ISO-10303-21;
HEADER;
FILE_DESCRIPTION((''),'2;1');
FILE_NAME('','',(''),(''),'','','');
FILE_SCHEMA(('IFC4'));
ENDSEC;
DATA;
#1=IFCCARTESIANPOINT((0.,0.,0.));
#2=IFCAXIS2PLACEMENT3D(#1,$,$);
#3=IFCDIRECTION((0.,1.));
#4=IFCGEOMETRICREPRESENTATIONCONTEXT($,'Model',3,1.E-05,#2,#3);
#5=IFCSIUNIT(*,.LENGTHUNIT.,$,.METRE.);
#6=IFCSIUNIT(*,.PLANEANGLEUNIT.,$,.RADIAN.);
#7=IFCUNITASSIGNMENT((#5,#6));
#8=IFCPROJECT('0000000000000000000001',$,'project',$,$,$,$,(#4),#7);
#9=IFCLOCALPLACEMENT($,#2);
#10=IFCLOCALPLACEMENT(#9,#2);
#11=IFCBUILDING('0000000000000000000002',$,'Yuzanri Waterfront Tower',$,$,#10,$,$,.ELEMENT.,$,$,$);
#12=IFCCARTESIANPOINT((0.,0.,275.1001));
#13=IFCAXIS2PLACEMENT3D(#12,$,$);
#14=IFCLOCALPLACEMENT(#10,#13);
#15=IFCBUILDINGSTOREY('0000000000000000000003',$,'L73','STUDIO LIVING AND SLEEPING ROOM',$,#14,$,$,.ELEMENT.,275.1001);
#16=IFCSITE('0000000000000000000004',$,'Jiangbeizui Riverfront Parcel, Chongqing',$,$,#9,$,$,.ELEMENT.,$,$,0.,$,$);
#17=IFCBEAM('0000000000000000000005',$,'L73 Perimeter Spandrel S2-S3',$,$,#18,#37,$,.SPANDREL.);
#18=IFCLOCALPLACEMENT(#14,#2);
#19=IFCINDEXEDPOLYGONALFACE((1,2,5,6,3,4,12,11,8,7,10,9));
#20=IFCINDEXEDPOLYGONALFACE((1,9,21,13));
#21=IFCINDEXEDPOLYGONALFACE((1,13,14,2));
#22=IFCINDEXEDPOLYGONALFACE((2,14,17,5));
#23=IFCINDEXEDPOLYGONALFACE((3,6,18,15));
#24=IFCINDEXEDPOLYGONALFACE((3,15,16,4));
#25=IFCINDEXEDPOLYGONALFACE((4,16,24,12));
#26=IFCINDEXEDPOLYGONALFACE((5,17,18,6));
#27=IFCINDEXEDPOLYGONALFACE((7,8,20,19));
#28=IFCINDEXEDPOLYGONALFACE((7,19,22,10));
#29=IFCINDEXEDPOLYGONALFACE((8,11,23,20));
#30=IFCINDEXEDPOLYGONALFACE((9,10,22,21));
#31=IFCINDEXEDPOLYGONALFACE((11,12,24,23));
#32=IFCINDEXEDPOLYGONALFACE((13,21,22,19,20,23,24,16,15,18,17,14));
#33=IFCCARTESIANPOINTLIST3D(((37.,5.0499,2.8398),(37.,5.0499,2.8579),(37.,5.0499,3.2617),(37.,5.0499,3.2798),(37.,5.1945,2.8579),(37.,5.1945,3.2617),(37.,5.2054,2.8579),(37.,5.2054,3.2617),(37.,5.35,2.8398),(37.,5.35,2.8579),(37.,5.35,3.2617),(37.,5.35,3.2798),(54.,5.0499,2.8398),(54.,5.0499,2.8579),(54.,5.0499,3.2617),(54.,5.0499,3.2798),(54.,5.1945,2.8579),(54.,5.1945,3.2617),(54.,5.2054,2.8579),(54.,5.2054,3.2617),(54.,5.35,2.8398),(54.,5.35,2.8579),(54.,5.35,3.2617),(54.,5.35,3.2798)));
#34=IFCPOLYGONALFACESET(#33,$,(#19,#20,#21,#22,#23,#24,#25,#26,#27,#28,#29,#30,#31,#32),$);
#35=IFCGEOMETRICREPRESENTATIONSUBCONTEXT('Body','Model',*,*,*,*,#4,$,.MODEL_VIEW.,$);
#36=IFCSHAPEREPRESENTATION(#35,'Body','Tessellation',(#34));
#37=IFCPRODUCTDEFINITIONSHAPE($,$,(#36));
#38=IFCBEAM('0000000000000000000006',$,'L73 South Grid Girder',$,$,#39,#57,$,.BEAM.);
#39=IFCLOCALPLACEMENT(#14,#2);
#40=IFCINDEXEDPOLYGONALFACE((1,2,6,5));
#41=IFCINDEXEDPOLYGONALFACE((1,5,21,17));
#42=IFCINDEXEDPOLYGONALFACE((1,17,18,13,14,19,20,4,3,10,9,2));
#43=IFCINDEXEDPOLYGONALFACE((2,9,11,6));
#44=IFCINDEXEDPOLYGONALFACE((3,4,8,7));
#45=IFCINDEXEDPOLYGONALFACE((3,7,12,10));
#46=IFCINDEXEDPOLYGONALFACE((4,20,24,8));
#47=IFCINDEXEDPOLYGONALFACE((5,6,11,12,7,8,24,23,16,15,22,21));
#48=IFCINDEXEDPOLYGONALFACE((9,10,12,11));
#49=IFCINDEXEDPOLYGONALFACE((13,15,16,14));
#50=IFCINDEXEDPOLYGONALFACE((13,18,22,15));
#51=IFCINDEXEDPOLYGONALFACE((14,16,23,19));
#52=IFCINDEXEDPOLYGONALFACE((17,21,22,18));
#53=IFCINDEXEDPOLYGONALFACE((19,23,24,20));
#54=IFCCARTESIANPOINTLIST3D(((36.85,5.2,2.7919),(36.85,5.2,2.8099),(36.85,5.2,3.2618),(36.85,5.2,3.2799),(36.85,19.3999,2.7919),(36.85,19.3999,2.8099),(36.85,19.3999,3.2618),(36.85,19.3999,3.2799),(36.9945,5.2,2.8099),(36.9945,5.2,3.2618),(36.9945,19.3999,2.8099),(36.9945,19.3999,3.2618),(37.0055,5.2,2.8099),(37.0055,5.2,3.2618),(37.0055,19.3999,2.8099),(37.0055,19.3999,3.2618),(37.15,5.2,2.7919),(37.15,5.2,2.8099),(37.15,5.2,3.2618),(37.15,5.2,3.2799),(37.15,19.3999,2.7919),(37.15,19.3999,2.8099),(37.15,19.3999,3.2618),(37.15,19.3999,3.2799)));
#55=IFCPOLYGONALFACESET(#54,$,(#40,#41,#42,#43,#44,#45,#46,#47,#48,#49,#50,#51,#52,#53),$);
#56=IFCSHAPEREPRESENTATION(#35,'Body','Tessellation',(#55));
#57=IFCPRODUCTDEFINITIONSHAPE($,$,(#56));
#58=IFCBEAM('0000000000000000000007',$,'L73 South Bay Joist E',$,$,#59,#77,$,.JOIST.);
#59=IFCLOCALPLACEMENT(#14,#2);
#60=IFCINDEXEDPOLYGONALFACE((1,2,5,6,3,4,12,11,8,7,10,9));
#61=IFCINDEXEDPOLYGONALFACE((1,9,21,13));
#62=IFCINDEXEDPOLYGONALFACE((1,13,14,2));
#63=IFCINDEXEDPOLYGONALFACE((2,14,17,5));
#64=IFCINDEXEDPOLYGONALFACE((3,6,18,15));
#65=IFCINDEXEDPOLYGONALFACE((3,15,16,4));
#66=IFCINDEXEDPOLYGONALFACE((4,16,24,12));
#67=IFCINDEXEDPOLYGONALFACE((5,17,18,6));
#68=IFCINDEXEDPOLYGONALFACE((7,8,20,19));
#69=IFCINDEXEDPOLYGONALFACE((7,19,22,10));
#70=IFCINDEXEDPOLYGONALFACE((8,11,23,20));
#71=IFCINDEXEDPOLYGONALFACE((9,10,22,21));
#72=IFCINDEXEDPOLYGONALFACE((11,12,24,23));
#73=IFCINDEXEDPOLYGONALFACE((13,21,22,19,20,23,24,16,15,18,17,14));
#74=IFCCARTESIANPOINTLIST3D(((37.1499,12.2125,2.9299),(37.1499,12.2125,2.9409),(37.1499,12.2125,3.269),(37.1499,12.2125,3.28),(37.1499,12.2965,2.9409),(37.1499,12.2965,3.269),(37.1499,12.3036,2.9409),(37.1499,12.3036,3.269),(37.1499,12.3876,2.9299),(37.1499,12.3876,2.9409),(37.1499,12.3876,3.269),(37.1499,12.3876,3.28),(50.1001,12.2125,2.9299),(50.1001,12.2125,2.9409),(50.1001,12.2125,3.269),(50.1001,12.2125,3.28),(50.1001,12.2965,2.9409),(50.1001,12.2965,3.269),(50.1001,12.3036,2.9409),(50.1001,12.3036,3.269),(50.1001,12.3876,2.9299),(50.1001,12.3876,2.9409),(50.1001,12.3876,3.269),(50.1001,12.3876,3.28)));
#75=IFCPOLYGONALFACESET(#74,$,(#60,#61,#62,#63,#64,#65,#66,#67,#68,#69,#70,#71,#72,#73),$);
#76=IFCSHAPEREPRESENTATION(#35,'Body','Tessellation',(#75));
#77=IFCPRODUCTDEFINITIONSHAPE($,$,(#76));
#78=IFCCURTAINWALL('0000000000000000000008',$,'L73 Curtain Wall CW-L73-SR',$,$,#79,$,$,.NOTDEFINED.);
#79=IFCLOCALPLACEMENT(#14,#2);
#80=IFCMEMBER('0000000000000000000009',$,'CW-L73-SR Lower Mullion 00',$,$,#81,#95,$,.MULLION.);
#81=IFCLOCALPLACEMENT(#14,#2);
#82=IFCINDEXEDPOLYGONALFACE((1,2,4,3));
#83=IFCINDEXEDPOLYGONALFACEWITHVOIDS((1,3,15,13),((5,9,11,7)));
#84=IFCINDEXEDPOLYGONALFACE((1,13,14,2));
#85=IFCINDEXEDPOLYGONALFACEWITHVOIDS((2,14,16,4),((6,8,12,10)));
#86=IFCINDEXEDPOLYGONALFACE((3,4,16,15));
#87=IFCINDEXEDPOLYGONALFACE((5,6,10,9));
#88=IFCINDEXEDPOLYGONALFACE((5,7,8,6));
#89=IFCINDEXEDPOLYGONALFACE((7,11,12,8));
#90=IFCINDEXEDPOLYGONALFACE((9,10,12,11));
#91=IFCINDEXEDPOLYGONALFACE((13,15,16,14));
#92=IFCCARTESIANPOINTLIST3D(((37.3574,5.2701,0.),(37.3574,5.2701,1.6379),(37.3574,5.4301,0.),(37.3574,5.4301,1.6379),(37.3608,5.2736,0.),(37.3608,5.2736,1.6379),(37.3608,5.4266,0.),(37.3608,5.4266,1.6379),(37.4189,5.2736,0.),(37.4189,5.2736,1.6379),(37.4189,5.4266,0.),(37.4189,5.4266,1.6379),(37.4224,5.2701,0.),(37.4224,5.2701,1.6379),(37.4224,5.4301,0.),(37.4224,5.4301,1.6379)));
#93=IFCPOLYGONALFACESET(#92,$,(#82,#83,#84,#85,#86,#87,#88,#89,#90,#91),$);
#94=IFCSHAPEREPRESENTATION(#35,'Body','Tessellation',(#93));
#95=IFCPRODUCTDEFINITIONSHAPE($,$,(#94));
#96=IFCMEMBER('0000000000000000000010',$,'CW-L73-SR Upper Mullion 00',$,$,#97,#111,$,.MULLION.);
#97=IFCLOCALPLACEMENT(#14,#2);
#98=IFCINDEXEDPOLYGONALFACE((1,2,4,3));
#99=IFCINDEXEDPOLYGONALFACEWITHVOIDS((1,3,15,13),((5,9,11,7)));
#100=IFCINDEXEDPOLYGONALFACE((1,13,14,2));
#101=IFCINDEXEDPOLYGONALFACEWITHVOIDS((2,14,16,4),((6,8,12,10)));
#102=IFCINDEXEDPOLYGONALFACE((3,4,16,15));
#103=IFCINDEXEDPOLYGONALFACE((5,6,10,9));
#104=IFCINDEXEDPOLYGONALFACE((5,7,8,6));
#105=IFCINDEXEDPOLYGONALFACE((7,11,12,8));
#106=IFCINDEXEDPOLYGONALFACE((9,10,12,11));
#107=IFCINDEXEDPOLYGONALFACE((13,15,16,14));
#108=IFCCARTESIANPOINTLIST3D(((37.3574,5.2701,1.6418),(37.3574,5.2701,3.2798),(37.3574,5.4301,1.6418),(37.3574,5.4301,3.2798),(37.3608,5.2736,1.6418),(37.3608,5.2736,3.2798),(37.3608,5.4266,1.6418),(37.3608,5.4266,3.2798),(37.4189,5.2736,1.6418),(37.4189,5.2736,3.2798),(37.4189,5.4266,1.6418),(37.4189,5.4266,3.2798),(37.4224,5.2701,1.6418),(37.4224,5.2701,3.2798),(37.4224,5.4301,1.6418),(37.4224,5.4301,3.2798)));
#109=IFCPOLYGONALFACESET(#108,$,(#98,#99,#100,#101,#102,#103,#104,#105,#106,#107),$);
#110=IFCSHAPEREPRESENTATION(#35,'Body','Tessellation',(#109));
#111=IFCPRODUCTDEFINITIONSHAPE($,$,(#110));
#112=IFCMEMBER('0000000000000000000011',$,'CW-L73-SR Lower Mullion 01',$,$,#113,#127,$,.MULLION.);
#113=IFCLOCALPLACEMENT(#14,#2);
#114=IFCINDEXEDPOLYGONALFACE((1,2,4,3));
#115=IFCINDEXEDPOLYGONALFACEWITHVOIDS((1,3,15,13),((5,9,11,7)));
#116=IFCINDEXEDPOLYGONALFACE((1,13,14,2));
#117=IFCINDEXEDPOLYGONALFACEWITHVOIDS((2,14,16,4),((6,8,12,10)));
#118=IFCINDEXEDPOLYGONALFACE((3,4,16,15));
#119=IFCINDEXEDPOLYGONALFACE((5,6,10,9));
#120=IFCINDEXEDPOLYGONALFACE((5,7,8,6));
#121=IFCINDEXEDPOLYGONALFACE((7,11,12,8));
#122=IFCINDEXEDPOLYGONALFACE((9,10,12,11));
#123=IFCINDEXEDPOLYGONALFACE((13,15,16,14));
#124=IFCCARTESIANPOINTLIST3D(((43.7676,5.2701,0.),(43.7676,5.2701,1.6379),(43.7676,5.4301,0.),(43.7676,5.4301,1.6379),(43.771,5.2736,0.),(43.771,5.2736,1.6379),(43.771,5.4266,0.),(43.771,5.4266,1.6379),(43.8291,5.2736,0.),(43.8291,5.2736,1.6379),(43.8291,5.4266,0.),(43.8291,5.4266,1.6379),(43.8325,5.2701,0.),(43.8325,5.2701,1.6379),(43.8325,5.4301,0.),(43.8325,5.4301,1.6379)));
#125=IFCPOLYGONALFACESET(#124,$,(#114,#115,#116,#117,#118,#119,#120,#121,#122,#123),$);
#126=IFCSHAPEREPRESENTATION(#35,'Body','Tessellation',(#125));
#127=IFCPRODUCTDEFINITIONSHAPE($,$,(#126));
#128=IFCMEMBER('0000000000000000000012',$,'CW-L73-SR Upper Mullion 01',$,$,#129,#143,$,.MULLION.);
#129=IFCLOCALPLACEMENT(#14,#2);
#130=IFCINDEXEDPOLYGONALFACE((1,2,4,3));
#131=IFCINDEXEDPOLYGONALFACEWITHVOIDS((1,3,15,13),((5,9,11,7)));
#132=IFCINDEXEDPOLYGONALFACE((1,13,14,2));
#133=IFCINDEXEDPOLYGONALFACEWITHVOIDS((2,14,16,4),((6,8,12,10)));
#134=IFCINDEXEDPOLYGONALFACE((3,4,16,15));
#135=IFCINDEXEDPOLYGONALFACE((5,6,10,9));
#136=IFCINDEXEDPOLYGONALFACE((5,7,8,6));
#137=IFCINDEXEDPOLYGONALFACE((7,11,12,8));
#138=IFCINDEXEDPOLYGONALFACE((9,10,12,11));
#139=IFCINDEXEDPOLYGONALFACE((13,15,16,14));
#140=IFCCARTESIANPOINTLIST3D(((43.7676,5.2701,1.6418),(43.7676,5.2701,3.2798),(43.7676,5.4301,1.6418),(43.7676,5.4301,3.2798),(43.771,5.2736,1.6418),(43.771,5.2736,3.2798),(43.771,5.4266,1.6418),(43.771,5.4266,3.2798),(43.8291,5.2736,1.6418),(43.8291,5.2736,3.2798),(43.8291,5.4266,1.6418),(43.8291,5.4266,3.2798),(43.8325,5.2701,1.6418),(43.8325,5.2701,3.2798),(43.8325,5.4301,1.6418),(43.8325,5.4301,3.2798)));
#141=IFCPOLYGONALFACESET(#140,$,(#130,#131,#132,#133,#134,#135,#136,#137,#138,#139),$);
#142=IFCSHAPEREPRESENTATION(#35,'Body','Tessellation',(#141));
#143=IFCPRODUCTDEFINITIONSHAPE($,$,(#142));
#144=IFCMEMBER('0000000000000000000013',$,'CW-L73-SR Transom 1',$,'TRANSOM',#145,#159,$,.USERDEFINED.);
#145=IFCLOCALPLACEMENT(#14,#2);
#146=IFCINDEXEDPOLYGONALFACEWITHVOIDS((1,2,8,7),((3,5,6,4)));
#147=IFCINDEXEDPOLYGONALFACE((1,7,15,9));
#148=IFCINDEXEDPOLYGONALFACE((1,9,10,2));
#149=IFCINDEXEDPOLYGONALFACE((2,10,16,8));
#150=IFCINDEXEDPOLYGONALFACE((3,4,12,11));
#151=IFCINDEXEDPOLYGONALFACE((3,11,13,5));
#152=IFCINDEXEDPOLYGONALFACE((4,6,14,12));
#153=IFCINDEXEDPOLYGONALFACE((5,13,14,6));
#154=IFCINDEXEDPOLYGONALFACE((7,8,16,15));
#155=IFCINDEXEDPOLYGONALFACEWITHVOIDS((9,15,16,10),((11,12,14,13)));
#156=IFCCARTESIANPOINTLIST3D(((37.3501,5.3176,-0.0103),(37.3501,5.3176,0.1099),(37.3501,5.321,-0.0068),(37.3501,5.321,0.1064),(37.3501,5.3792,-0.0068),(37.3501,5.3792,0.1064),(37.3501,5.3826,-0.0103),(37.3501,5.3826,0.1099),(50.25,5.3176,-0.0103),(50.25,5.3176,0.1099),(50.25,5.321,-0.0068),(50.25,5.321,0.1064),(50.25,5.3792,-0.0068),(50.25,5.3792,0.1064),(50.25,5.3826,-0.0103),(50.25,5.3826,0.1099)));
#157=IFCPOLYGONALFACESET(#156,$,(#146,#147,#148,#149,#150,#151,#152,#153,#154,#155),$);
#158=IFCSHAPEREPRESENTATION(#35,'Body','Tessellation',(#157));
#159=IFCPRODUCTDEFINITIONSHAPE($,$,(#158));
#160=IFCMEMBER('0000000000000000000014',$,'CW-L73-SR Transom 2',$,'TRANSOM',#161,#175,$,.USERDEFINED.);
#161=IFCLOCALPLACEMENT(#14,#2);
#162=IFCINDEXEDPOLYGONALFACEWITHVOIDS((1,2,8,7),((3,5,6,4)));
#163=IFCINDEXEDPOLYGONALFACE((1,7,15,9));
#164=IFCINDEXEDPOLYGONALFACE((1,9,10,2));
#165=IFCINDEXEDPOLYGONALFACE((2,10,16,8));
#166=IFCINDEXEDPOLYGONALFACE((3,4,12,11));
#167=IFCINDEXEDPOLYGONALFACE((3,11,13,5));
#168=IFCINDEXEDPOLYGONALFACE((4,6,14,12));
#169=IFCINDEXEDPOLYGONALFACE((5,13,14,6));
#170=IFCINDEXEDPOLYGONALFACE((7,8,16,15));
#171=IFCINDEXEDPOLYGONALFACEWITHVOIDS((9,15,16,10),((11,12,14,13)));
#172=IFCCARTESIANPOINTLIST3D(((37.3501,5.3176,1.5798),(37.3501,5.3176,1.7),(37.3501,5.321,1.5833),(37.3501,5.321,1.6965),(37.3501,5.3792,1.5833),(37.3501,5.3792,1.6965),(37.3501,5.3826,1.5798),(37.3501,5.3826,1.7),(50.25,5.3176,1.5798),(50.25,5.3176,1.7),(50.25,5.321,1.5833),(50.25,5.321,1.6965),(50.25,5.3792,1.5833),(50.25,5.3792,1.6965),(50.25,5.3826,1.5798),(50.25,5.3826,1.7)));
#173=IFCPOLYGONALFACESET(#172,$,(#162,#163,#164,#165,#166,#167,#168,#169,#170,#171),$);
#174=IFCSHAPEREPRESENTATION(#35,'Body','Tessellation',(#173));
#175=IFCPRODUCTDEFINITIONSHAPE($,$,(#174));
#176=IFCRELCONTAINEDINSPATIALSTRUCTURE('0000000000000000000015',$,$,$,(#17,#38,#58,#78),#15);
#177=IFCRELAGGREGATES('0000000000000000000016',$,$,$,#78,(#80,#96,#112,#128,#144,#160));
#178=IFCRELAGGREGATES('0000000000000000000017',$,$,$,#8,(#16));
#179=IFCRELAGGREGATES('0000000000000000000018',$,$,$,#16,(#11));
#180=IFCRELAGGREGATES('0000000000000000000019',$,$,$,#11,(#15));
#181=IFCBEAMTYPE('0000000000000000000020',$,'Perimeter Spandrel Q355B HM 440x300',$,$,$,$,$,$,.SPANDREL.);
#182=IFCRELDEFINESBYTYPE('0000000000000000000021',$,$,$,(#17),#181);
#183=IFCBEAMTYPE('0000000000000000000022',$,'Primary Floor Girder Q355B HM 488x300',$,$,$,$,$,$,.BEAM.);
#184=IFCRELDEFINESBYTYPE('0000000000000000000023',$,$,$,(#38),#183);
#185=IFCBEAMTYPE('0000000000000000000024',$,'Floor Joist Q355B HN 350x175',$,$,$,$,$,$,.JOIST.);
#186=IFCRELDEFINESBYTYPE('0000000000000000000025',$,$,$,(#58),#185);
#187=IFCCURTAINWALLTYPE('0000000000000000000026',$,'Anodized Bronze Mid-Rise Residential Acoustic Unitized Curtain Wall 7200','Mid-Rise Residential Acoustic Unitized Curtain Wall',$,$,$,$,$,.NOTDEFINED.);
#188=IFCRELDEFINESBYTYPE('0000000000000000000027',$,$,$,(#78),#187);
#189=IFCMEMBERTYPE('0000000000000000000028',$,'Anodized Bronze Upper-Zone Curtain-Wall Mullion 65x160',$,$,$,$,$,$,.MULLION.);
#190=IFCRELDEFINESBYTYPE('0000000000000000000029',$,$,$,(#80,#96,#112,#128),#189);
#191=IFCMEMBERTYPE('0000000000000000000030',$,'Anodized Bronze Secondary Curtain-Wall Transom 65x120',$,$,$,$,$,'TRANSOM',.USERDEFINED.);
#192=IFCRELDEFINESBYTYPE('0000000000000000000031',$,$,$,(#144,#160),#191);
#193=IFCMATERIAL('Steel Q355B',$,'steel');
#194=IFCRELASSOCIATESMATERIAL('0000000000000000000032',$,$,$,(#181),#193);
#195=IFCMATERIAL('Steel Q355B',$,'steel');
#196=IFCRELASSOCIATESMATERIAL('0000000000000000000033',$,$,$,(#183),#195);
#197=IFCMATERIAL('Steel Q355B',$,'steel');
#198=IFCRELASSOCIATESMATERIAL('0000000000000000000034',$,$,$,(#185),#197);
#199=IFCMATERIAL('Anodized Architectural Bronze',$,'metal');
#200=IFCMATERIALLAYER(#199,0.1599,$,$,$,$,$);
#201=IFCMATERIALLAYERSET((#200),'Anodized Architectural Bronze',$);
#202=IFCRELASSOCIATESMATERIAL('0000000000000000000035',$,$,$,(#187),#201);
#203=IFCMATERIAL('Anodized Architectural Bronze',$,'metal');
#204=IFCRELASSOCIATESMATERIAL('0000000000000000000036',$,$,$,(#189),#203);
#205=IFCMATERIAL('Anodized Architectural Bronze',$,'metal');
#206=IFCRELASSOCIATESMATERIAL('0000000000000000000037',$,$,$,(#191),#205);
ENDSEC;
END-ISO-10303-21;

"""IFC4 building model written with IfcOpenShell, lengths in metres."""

from ifc_helpers import new_model, si_unit, direction, frame, origin, origin_2d, place, context, subcontext, project, spatial, hollow_rectangle, i_section, extrude, source, transform, mapped, material, layer, layer_set, material_profile, profile_set, type_object, element, aggregate, save


model = new_model("IFC4")

# Units and contexts
model_context = context("Model", 3, precision=1e-05, world=origin(), true_north=direction((0.0, 1.0)))
body_context = subcontext(model_context, "Body", "Model", "MODEL_VIEW")
ifc_project = project(units=[si_unit("LENGTHUNIT", "METRE"), si_unit("PLANEANGLEUNIT", "RADIAN")], contexts=[model_context])

# Site, building, storey
site_placement = place(None, origin())
site = spatial("IfcSite", under=ifc_project, at=site_placement, Name="Jiangbeizui Riverfront Parcel, Chongqing", CompositionType="ELEMENT", RefElevation=0.0)
building_placement = place(site_placement, origin())
building = spatial("IfcBuilding", under=site, at=building_placement, Name="Yuzanri Waterfront Tower", CompositionType="ELEMENT")
storey_placement = place(building_placement, frame((0.0, 0.0, 275.1001)))
storey = spatial("IfcBuildingStorey", under=building, at=storey_placement, Name="L73", Description="STUDIO LIVING AND SLEEPING ROOM", CompositionType="ELEMENT", Elevation=275.1001)

# Beams
ifc_material_1 = material(Name="Steel Q355B", Category="steel")
ifc_material_profile_1 = material_profile(ifc_material_1, i_section(OverallWidth=0.3, OverallDepth=0.4399, WebThickness=0.011, FlangeThickness=0.0181, at=origin_2d()), Name="HM 440x300x11x18")
ifc_profile_set_1 = profile_set([ifc_material_profile_1], Name="Steel Q355B")
beam_type_1 = type_object("IfcBeamType", Name="Perimeter Spandrel Q355B HM 440x300", PredefinedType="SPANDREL", material=ifc_profile_set_1)
shared_shape_1 = source(origin(), body_context, "Body", "SweptSolid", [
    extrude(i_section(OverallWidth=0.3, OverallDepth=0.4399, WebThickness=0.011, FlangeThickness=0.0181, at=origin_2d()), origin(), (0.0, 0.0, 1.0), 17.0),
])
beam_1_placement = place(storey_placement, frame((37.0, 5.2, 3.0598), z_axis=(1.0, 0.0, 0.0), x_axis=(0.0, 1.0, 0.0)))
element("IfcBeam", 1, at=beam_1_placement, inside=storey, type_object=beam_type_1, Name="L73 Perimeter Spandrel S2-S3", PredefinedType="SPANDREL", context=body_context, shape_type="MappedRepresentation", body=[
    mapped(shared_shape_1, transform((0.0, 0.0, 0.0), scale=1.0)),
])
ifc_material_2 = material(Name="Steel Q355B", Category="steel")
ifc_material_profile_2 = material_profile(ifc_material_2, i_section(OverallWidth=0.3, OverallDepth=0.488, WebThickness=0.011, FlangeThickness=0.0181, at=origin_2d()), Name="HM 488x300x11x18")
ifc_profile_set_2 = profile_set([ifc_material_profile_2], Name="Steel Q355B")
beam_type_2 = type_object("IfcBeamType", Name="Primary Floor Girder Q355B HM 488x300", PredefinedType="BEAM", material=ifc_profile_set_2)
shared_shape_2 = source(origin(), body_context, "Body", "SweptSolid", [
    extrude(i_section(OverallWidth=0.3, OverallDepth=0.488, WebThickness=0.011, FlangeThickness=0.0181, at=origin_2d()), origin(), (0.0, 0.0, 1.0), 14.2),
])
beam_2_placement = place(storey_placement, frame((37.0, 19.3999, 3.0359), z_axis=(0.0, -1.0, 0.0), x_axis=(1.0, 0.0, 0.0)))
element("IfcBeam", 2, at=beam_2_placement, inside=storey, type_object=beam_type_2, Name="L73 South Grid Girder", PredefinedType="BEAM", context=body_context, shape_type="MappedRepresentation", body=[
    mapped(shared_shape_2, transform((0.0, 0.0, 0.0), scale=1.0)),
])
ifc_material_3 = material(Name="Steel Q355B", Category="steel")
ifc_material_profile_3 = material_profile(ifc_material_3, i_section(OverallWidth=0.175, OverallDepth=0.3501, WebThickness=0.0071, FlangeThickness=0.011, at=origin_2d()), Name="HN 350x175x7x11")
ifc_profile_set_3 = profile_set([ifc_material_profile_3], Name="Steel Q355B")
beam_type_3 = type_object("IfcBeamType", Name="Floor Joist Q355B HN 350x175", PredefinedType="JOIST", material=ifc_profile_set_3)
shared_shape_3 = source(origin(), body_context, "Body", "SweptSolid", [
    extrude(i_section(OverallWidth=0.175, OverallDepth=0.3501, WebThickness=0.0071, FlangeThickness=0.011, at=origin_2d()), origin(), (0.0, 0.0, 1.0), 12.9502),
])
beam_3_placement = place(storey_placement, frame((37.1499, 12.3, 3.105), z_axis=(1.0, 0.0, 0.0), x_axis=(0.0, 1.0, 0.0)))
element("IfcBeam", 3, at=beam_3_placement, inside=storey, type_object=beam_type_3, Name="L73 South Bay Joist E", PredefinedType="JOIST", context=body_context, shape_type="MappedRepresentation", body=[
    mapped(shared_shape_3, transform((0.0, 0.0, 0.0), scale=1.0)),
])

# Curtain wall, members
ifc_material_4 = material(Name="Anodized Architectural Bronze", Category="metal")
ifc_layer_1 = layer(ifc_material_4, 0.1599)
ifc_layer_set_1 = layer_set([ifc_layer_1], Name="Anodized Architectural Bronze")
curtain_wall_type = type_object("IfcCurtainWallType", Name="Anodized Bronze Mid-Rise Residential Acoustic Unitized Curtain Wall 7200", Description="Mid-Rise Residential Acoustic Unitized Curtain Wall", PredefinedType="NOTDEFINED", material=ifc_layer_set_1)
curtain_wall_placement = place(storey_placement, origin())
curtain_wall = element("IfcCurtainWall", 4, at=curtain_wall_placement, inside=storey, type_object=curtain_wall_type, Name="L73 Curtain Wall CW-L73-SR", PredefinedType="NOTDEFINED")
ifc_material_5 = material(Name="Anodized Architectural Bronze", Category="metal")
ifc_material_profile_4 = material_profile(ifc_material_5, hollow_rectangle(XDim=0.0649, YDim=0.1599, WallThickness=0.0034, at=origin_2d()), Name="CWM 65x160")
ifc_profile_set_4 = profile_set([ifc_material_profile_4], Name="Anodized Architectural Bronze")
member_type_1 = type_object("IfcMemberType", Name="Anodized Bronze Upper-Zone Curtain-Wall Mullion 65x160", PredefinedType="MULLION", material=ifc_profile_set_4)
shared_shape_4 = source(origin(), body_context, "Body", "SweptSolid", [
    extrude(hollow_rectangle(XDim=0.0649, YDim=0.1599, WallThickness=0.0034, at=origin_2d()), origin(), (0.0, 0.0, 1.0), 1.6379),
])
member_1_placement = place(storey_placement, frame((37.3899, 5.3501, 0.0), z_axis=(0.0, 0.0, 1.0), x_axis=(1.0, 0.0, 0.0)))
member_1 = element("IfcMember", 5, at=member_1_placement, type_object=member_type_1, Name="CW-L73-SR Lower Mullion 00", PredefinedType="MULLION", context=body_context, shape_type="MappedRepresentation", body=[
    mapped(shared_shape_4, transform((0.0, 0.0, 0.0), scale=1.0)),
])
member_2_placement = place(storey_placement, frame((37.3899, 5.3501, 1.6418), z_axis=(0.0, 0.0, 1.0), x_axis=(1.0, 0.0, 0.0)))
member_2 = element("IfcMember", 6, at=member_2_placement, type_object=member_type_1, Name="CW-L73-SR Upper Mullion 00", PredefinedType="MULLION", context=body_context, shape_type="MappedRepresentation", body=[
    mapped(shared_shape_4, transform((0.0, 0.0, 0.0), scale=1.0)),
])
member_3_placement = place(storey_placement, frame((43.8, 5.3501, 0.0), z_axis=(0.0, 0.0, 1.0), x_axis=(1.0, 0.0, 0.0)))
member_3 = element("IfcMember", 7, at=member_3_placement, type_object=member_type_1, Name="CW-L73-SR Lower Mullion 01", PredefinedType="MULLION", context=body_context, shape_type="MappedRepresentation", body=[
    mapped(shared_shape_4, transform((0.0, 0.0, 0.0), scale=1.0)),
])
member_4_placement = place(storey_placement, frame((43.8, 5.3501, 1.6418), z_axis=(0.0, 0.0, 1.0), x_axis=(1.0, 0.0, 0.0)))
member_4 = element("IfcMember", 8, at=member_4_placement, type_object=member_type_1, Name="CW-L73-SR Upper Mullion 01", PredefinedType="MULLION", context=body_context, shape_type="MappedRepresentation", body=[
    mapped(shared_shape_4, transform((0.0, 0.0, 0.0), scale=1.0)),
])
ifc_material_6 = material(Name="Anodized Architectural Bronze", Category="metal")
ifc_material_profile_5 = material_profile(ifc_material_6, hollow_rectangle(XDim=0.0649, YDim=0.1201, WallThickness=0.0034, at=origin_2d()), Name="CWT 65x120")
ifc_profile_set_5 = profile_set([ifc_material_profile_5], Name="Anodized Architectural Bronze")
member_type_2 = type_object("IfcMemberType", Name="Anodized Bronze Secondary Curtain-Wall Transom 65x120", ElementType="TRANSOM", PredefinedType="USERDEFINED", material=ifc_profile_set_5)
shared_shape_5 = source(origin(), body_context, "Body", "SweptSolid", [
    extrude(hollow_rectangle(XDim=0.0649, YDim=0.1201, WallThickness=0.0034, at=origin_2d()), origin(), (0.0, 0.0, 1.0), 12.8999),
])
member_5_placement = place(storey_placement, frame((37.3501, 5.3501, 0.0498), z_axis=(1.0, 0.0, 0.0), x_axis=(0.0, 1.0, 0.0)))
member_5 = element("IfcMember", 9, at=member_5_placement, type_object=member_type_2, Name="CW-L73-SR Transom 1", ObjectType="TRANSOM", PredefinedType="USERDEFINED", context=body_context, shape_type="MappedRepresentation", body=[
    mapped(shared_shape_5, transform((0.0, 0.0, 0.0), scale=1.0)),
])
member_6_placement = place(storey_placement, frame((37.3501, 5.3501, 1.6399), z_axis=(1.0, 0.0, 0.0), x_axis=(0.0, 1.0, 0.0)))
member_6 = element("IfcMember", 10, at=member_6_placement, type_object=member_type_2, Name="CW-L73-SR Transom 2", ObjectType="TRANSOM", PredefinedType="USERDEFINED", context=body_context, shape_type="MappedRepresentation", body=[
    mapped(shared_shape_5, transform((0.0, 0.0, 0.0), scale=1.0)),
])
aggregate(curtain_wall, [member_1, member_2, member_3, member_4, member_5, member_6])

save(model, "model.ifc")
